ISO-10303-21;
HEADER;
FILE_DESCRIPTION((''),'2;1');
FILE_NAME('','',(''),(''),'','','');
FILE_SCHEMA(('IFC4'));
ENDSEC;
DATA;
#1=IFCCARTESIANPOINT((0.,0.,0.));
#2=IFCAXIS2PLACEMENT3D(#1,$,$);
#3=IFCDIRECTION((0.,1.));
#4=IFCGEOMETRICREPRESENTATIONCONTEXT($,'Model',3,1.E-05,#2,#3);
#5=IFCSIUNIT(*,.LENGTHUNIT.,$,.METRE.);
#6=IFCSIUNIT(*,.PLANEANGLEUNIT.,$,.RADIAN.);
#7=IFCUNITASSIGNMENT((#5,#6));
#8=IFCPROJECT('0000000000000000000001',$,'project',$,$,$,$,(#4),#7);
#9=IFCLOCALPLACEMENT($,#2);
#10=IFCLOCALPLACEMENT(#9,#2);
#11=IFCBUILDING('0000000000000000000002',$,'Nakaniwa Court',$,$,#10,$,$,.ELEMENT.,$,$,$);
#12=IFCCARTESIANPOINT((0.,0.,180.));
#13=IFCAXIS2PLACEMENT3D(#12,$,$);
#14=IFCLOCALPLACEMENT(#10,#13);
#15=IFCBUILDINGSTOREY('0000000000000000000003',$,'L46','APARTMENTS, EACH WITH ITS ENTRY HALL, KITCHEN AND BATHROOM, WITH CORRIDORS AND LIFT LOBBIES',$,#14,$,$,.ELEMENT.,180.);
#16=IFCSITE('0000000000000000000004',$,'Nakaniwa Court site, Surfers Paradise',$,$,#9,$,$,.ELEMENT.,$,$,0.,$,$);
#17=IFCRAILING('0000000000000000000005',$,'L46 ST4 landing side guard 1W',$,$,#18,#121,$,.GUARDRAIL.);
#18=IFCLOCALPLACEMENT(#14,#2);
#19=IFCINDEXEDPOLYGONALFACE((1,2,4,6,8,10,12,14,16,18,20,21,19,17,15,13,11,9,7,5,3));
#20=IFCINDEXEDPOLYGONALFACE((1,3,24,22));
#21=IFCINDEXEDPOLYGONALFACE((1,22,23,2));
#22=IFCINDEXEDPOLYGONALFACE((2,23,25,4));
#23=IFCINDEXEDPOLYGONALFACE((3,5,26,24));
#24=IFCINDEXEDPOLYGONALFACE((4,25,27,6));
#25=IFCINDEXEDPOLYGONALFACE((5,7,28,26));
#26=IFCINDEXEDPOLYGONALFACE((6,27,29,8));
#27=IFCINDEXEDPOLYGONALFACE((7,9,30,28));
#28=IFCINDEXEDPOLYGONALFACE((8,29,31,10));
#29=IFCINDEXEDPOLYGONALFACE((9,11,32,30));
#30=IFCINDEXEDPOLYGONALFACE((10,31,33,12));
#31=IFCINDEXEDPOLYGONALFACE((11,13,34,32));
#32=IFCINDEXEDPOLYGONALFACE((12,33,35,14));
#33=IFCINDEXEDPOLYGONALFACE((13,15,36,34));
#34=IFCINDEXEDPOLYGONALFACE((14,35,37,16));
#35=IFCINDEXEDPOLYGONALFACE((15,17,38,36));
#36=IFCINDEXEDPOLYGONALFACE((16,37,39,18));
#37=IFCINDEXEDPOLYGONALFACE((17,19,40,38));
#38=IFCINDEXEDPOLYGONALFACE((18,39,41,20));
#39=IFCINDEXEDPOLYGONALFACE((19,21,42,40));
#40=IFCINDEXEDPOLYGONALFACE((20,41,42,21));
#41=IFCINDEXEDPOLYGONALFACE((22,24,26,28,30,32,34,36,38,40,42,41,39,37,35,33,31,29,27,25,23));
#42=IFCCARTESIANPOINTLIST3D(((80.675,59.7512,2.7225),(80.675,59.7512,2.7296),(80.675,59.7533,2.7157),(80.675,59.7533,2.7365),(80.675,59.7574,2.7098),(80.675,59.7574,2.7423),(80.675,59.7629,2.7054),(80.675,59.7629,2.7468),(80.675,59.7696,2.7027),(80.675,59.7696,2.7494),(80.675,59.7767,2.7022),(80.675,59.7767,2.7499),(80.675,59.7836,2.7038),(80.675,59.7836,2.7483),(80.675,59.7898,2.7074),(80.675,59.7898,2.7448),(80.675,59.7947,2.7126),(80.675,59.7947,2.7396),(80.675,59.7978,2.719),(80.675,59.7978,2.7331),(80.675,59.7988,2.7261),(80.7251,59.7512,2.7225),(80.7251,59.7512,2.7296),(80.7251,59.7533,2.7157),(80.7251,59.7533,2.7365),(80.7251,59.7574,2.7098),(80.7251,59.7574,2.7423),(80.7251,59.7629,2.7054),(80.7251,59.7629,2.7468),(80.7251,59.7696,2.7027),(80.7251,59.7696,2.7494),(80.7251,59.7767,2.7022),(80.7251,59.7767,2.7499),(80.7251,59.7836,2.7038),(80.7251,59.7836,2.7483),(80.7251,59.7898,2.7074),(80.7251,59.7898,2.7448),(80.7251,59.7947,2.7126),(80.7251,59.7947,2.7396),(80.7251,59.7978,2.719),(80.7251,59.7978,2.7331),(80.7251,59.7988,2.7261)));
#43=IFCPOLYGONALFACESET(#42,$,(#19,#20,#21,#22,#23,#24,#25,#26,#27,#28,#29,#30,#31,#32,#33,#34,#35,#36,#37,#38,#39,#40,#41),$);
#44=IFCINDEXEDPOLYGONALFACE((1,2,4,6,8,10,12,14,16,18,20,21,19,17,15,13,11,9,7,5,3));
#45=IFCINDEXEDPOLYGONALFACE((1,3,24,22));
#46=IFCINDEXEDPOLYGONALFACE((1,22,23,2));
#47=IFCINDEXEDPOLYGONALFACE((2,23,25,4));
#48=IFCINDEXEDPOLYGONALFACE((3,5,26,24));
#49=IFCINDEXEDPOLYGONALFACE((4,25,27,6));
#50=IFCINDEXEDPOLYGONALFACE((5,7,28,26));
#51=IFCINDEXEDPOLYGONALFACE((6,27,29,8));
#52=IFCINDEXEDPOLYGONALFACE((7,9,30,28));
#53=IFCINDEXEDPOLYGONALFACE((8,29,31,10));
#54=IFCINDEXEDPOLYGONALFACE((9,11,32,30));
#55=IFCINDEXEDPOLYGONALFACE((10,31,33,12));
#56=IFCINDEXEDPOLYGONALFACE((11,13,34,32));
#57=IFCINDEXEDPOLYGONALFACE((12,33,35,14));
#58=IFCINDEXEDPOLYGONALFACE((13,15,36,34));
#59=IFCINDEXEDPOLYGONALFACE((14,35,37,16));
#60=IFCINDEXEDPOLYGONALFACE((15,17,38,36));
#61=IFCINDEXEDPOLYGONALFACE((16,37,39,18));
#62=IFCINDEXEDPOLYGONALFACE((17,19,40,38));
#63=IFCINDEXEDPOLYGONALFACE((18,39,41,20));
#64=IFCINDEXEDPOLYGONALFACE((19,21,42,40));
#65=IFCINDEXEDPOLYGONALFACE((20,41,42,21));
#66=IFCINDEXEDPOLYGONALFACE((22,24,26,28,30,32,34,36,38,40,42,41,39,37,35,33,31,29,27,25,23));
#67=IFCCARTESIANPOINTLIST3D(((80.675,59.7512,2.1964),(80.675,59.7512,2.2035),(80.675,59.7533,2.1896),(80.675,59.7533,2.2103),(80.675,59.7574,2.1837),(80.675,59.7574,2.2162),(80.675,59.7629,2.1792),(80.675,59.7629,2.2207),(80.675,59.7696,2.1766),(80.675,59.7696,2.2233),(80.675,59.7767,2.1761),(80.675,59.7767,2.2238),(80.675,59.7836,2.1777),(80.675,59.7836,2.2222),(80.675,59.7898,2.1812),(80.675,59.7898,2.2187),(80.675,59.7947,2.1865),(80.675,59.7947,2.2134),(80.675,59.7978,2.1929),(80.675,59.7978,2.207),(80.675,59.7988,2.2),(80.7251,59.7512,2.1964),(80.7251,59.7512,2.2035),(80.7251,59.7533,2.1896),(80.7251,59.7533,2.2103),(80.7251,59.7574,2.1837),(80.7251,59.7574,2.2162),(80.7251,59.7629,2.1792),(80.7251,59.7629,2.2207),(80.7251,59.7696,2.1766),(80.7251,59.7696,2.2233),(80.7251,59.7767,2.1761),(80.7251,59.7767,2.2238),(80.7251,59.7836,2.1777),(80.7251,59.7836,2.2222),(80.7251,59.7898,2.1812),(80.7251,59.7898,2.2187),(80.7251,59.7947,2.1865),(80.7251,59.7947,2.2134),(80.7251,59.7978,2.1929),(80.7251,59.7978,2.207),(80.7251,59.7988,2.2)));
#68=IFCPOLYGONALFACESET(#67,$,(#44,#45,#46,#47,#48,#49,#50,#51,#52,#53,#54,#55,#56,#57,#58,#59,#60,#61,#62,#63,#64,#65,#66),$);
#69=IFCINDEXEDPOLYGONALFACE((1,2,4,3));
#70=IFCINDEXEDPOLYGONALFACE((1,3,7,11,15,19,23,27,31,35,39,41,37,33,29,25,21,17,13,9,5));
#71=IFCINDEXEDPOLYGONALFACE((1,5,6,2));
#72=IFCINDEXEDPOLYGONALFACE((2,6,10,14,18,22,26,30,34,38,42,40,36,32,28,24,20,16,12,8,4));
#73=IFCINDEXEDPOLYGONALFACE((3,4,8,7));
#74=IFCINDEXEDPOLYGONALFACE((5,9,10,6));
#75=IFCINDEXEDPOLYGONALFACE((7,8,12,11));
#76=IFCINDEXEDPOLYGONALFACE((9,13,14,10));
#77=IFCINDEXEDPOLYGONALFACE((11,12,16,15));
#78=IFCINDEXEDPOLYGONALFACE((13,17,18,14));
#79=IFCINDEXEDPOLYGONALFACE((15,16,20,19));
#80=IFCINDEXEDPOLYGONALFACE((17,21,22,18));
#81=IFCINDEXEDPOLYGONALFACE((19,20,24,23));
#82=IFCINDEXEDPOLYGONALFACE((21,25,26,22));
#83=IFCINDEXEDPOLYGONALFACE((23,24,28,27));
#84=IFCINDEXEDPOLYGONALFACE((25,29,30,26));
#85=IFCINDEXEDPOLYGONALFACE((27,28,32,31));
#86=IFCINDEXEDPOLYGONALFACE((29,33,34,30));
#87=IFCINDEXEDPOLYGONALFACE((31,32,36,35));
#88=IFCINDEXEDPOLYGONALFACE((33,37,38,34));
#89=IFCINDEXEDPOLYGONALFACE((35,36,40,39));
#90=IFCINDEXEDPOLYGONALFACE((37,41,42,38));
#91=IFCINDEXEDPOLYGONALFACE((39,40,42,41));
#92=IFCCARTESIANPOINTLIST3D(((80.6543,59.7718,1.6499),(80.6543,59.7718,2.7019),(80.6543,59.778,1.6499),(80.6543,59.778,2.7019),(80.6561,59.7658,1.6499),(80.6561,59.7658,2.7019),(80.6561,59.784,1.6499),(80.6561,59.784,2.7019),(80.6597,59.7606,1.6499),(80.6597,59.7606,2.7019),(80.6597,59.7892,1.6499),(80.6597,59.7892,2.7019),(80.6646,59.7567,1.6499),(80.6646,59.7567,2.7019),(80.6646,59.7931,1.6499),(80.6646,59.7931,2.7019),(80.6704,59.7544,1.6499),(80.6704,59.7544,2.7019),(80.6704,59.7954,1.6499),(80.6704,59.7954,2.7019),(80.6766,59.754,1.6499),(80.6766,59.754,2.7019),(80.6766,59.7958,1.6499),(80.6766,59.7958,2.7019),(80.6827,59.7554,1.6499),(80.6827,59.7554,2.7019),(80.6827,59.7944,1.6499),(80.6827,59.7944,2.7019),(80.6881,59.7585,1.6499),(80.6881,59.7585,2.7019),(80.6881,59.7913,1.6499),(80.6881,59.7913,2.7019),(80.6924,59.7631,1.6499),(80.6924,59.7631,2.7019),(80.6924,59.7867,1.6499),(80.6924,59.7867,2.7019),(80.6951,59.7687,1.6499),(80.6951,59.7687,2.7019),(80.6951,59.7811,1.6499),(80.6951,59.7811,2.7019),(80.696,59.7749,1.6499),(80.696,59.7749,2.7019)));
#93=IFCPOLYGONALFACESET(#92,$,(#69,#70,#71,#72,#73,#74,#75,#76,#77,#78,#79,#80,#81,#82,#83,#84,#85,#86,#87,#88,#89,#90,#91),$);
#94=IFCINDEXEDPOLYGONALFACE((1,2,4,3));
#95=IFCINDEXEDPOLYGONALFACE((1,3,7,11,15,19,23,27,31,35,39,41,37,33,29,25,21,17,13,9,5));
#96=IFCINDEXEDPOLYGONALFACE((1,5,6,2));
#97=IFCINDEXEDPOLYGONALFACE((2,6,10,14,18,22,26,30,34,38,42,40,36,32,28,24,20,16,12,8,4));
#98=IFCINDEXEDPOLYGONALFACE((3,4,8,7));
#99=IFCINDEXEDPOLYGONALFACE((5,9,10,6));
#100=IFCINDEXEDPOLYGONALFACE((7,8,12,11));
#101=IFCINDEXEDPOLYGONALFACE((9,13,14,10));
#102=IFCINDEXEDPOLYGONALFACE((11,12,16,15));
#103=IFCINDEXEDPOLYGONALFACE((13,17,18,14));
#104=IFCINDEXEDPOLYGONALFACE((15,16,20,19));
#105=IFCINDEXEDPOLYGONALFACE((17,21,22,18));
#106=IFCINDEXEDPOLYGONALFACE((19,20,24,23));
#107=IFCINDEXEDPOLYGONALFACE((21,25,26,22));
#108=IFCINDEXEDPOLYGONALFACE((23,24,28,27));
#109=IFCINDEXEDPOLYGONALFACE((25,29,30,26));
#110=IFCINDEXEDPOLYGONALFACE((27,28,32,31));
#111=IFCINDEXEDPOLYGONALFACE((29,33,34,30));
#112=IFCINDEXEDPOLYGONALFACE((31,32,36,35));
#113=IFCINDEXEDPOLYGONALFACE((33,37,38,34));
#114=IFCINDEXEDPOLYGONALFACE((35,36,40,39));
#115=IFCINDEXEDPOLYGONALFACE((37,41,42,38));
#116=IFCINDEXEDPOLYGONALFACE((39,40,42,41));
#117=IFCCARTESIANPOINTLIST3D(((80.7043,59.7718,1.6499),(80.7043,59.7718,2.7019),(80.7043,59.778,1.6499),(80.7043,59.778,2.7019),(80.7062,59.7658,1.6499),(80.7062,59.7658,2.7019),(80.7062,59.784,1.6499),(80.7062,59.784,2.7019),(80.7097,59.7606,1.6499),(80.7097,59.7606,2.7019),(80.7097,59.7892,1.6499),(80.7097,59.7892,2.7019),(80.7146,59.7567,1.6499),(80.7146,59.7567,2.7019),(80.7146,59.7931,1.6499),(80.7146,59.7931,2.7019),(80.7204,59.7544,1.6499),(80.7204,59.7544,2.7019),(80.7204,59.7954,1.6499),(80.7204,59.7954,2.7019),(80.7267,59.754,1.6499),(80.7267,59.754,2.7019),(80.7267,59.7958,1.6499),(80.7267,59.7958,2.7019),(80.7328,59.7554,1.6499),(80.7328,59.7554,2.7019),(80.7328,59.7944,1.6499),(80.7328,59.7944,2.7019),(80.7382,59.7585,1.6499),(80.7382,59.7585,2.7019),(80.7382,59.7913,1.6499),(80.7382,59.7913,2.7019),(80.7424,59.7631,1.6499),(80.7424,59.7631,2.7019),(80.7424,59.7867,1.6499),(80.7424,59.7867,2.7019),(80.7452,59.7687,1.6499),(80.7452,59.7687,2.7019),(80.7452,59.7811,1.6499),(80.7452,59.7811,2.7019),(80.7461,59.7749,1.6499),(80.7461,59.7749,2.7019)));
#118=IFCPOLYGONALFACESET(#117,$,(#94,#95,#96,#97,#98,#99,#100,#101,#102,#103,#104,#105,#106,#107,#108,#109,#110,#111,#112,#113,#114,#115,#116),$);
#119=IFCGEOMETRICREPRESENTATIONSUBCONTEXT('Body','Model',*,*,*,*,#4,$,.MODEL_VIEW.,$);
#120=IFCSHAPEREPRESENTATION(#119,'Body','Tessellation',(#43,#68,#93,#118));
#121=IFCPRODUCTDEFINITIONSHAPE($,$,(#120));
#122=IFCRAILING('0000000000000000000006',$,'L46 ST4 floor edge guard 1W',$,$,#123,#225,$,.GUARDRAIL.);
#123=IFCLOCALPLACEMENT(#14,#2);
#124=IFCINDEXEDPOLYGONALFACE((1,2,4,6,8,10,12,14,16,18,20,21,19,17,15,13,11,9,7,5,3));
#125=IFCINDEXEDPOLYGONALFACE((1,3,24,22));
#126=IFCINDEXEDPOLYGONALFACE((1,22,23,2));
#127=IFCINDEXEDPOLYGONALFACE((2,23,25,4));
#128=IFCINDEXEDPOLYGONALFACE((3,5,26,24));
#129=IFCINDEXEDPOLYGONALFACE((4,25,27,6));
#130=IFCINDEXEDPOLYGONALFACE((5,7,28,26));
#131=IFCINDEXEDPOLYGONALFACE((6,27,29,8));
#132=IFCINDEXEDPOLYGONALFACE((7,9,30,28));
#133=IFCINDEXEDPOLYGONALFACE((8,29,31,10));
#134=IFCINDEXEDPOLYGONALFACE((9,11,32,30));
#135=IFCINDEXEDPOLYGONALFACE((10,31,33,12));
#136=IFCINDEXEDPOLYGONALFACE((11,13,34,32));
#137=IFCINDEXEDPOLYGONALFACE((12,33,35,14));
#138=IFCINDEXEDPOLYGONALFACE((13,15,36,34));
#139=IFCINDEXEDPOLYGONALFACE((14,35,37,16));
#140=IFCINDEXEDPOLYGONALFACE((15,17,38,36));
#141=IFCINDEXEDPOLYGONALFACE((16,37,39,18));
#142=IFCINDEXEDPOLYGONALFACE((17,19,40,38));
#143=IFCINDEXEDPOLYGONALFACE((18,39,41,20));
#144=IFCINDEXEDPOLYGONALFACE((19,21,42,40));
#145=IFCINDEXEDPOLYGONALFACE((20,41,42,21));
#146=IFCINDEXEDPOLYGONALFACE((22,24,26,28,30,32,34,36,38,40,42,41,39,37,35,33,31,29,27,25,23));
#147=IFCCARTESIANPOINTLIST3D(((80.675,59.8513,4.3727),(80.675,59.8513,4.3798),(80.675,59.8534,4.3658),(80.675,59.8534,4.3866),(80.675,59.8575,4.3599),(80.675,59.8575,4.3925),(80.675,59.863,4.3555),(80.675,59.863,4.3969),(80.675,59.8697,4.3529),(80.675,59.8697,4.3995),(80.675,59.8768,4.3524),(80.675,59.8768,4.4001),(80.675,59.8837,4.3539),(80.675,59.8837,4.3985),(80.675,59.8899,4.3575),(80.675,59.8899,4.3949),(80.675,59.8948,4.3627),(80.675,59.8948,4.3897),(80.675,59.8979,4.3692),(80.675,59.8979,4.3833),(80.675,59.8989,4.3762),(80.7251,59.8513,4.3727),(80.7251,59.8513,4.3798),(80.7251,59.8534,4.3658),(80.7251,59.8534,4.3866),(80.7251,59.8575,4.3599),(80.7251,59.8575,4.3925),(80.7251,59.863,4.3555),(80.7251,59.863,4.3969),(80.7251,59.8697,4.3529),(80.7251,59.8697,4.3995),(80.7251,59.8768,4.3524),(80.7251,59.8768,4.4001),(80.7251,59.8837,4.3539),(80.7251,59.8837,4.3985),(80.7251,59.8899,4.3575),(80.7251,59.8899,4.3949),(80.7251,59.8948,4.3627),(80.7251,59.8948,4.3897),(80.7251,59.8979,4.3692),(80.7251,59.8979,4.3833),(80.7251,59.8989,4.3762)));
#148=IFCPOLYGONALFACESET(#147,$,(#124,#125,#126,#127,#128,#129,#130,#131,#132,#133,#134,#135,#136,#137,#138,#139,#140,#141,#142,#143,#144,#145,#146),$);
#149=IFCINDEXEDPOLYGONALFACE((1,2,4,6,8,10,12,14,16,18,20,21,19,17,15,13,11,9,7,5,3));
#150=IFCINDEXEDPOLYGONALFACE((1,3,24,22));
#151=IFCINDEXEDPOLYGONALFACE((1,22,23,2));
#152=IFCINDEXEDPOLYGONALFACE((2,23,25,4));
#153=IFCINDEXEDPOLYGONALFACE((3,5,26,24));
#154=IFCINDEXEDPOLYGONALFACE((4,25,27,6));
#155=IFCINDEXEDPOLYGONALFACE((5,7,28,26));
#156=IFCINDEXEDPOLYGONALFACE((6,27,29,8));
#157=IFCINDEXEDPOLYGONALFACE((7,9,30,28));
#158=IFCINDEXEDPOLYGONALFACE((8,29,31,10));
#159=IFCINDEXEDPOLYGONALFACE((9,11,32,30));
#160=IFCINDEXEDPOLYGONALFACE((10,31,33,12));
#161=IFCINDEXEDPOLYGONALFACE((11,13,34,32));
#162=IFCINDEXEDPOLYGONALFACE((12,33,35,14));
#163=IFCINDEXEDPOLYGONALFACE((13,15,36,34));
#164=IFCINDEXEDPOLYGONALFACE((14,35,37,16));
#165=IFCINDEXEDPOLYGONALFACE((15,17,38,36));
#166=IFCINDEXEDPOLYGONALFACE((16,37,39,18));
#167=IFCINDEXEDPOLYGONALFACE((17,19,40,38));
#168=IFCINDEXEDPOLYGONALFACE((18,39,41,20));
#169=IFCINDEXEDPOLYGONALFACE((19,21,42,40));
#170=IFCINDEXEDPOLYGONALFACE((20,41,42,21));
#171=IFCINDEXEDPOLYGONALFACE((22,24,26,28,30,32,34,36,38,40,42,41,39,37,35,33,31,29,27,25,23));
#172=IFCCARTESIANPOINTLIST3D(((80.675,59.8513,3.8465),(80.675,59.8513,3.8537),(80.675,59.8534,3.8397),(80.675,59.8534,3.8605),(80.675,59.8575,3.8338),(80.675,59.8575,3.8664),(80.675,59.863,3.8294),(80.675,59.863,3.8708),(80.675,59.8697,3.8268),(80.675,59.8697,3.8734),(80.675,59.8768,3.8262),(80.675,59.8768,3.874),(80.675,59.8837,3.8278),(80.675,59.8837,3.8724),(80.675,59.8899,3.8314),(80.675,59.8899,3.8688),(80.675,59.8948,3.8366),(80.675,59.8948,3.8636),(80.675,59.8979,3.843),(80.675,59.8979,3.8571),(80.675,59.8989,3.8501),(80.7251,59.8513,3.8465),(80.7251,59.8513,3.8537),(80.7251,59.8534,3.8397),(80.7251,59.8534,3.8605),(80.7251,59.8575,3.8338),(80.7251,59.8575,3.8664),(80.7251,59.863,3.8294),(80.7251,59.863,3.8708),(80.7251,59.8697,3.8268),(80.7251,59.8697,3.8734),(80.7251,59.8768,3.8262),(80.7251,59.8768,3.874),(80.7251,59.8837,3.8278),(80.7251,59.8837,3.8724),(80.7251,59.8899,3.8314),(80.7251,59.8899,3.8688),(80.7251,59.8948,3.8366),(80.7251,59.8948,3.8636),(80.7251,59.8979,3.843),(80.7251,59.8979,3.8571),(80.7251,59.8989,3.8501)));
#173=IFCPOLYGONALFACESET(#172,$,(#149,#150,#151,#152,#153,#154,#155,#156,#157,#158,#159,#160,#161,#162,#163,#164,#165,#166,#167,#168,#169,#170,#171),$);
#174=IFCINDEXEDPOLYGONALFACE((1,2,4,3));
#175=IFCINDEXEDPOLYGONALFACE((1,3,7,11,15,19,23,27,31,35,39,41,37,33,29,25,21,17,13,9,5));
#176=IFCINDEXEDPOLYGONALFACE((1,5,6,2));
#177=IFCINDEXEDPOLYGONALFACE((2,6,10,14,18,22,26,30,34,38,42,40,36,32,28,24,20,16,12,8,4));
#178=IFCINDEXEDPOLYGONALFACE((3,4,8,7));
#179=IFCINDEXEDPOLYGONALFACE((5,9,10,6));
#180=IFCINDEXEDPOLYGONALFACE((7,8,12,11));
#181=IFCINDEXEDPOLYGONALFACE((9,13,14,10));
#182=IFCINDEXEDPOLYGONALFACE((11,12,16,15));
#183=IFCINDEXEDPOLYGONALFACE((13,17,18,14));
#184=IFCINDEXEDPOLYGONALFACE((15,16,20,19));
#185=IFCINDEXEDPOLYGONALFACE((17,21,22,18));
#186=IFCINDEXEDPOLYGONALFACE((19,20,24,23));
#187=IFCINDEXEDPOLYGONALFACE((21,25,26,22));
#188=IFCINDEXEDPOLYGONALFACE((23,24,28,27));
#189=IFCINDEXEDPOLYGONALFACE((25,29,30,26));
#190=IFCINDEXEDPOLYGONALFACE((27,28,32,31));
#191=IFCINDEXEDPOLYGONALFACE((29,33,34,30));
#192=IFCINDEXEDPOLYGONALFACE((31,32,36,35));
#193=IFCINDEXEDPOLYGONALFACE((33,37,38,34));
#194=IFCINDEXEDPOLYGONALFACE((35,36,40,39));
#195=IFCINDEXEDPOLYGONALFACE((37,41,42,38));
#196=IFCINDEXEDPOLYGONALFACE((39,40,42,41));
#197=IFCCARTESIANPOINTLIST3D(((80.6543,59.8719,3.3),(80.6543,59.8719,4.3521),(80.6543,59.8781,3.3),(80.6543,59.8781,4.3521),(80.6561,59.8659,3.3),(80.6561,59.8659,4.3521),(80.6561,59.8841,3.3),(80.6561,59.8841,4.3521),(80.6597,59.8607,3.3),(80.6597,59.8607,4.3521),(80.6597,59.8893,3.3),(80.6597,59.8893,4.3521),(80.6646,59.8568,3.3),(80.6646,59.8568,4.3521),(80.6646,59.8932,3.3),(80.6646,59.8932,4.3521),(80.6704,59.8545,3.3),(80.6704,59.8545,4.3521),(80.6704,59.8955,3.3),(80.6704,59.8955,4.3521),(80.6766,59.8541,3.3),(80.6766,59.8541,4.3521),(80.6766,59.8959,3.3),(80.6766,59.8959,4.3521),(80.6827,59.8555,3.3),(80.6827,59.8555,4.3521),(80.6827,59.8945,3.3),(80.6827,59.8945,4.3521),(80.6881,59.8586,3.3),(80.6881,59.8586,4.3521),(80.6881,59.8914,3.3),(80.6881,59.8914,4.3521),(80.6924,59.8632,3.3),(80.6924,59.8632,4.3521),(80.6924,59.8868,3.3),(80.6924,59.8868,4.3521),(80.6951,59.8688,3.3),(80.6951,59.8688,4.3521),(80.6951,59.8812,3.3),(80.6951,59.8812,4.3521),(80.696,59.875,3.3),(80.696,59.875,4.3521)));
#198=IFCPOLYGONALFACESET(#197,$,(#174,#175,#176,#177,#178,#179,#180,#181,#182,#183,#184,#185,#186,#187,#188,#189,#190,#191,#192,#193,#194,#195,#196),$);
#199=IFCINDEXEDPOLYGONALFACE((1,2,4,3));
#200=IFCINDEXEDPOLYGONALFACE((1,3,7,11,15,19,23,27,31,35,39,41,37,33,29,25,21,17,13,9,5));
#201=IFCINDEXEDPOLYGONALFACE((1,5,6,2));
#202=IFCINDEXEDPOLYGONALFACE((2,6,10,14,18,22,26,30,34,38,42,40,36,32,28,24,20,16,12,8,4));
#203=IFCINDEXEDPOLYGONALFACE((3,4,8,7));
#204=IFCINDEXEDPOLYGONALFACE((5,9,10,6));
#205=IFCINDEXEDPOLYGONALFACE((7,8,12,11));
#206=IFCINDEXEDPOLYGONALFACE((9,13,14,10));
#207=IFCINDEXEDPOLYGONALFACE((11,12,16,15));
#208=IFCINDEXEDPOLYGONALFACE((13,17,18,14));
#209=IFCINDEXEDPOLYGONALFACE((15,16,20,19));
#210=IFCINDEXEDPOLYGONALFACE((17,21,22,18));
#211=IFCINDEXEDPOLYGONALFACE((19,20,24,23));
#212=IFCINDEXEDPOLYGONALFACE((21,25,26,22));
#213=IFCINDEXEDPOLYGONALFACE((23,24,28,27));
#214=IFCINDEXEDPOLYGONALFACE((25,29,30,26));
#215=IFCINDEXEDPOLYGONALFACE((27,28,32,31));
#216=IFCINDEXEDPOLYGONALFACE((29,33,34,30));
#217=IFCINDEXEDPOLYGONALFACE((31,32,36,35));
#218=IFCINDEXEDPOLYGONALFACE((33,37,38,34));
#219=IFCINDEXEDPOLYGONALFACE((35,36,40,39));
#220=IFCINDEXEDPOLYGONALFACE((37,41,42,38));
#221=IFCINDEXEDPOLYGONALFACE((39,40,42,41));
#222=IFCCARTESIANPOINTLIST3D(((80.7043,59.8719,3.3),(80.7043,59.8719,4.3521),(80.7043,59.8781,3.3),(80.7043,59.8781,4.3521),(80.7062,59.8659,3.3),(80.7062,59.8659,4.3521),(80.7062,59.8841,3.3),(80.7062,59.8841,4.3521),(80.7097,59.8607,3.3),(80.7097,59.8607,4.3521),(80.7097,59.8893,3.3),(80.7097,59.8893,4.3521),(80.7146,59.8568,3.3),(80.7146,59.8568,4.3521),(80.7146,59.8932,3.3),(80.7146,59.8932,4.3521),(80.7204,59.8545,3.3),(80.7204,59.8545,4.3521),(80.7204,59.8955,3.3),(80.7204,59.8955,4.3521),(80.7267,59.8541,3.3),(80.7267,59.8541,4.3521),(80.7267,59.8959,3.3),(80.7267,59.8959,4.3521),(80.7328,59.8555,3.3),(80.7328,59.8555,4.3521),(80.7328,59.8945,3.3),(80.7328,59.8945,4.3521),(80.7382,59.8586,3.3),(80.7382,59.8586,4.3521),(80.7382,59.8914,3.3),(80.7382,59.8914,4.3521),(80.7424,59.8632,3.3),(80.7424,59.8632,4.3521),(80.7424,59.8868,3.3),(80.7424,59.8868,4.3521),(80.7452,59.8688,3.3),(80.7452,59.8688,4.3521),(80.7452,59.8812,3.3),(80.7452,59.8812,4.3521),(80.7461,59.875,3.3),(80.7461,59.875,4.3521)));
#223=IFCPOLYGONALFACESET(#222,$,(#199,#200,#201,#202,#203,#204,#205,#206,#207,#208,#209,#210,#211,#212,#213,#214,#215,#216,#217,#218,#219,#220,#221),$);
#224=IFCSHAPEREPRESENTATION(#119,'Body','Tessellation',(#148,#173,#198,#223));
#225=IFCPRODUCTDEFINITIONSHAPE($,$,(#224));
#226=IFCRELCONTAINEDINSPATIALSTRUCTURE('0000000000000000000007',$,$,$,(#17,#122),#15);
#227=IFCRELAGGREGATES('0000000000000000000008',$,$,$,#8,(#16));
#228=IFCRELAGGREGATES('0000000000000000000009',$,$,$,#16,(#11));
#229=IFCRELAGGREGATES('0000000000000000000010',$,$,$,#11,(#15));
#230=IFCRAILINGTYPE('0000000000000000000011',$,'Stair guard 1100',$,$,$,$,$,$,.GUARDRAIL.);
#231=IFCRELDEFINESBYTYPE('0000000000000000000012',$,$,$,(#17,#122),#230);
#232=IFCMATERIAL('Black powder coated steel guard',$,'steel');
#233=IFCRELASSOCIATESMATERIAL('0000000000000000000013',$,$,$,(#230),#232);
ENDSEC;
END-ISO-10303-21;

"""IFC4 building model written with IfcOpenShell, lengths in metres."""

from ifc_helpers import new_model, si_unit, direction, frame, origin, origin_2d, place, context, subcontext, project, spatial, circle, extrude, material, type_object, element, save


model = new_model("IFC4")

# Units and contexts
model_context = context("Model", 3, precision=1e-05, world=origin(), true_north=direction((0.0, 1.0)))
body_context = subcontext(model_context, "Body", "Model", "MODEL_VIEW")
ifc_project = project(units=[si_unit("LENGTHUNIT", "METRE"), si_unit("PLANEANGLEUNIT", "RADIAN")], contexts=[model_context])

# Site, building, storey
site_placement = place(None, origin())
site = spatial("IfcSite", under=ifc_project, at=site_placement, Name="Nakaniwa Court site, Surfers Paradise", CompositionType="ELEMENT", RefElevation=0.0)
building_placement = place(site_placement, origin())
building = spatial("IfcBuilding", under=site, at=building_placement, Name="Nakaniwa Court", CompositionType="ELEMENT")
storey_placement = place(building_placement, frame((0.0, 0.0, 180.0)))
storey = spatial("IfcBuildingStorey", under=building, at=storey_placement, Name="L46", Description="APARTMENTS, EACH WITH ITS ENTRY HALL, KITCHEN AND BATHROOM, WITH CORRIDORS AND LIFT LOBBIES", CompositionType="ELEMENT", Elevation=180.0)

# Railings
ifc_material_1 = material(Name="Black powder coated steel guard", Category="steel")
railing_type_1 = type_object("IfcRailingType", Name="Stair guard 1100", PredefinedType="GUARDRAIL", material=ifc_material_1)
for number, where, name in (
    (1, (80.675, 59.7749, 1.6499), "L46 ST4 landing side guard 1W"),
    (2, (80.675, 59.875, 3.3), "L46 ST4 floor edge guard 1W"),
):
    element("IfcRailing", number, at=place(storey_placement, frame(where)), inside=storey, type_object=railing_type_1, Name=name, PredefinedType="GUARDRAIL", context=body_context, shape_type="SweptSolid", body=[
        extrude(circle(Radius=0.0239, at=origin_2d()), frame((0.0, 0.0, 1.0762), z_axis=(1.0, 0.0, 0.0), x_axis=(0.0, 1.0, 0.0)), (0.0, 0.0, 1.0), 0.05),
        extrude(circle(Radius=0.0239, at=origin_2d()), frame((0.0, 0.0, 0.55), z_axis=(1.0, 0.0, 0.0), x_axis=(0.0, 1.0, 0.0)), (0.0, 0.0, 1.0), 0.05),
        extrude(circle(Radius=0.021, at=origin_2d()), origin(), (0.0, 0.0, 1.0), 1.052),
        extrude(circle(Radius=0.021, at=origin_2d()), frame((0.05, 0.0, 0.0)), (0.0, 0.0, 1.0), 1.052),
    ])

save(model, "model.ifc")
